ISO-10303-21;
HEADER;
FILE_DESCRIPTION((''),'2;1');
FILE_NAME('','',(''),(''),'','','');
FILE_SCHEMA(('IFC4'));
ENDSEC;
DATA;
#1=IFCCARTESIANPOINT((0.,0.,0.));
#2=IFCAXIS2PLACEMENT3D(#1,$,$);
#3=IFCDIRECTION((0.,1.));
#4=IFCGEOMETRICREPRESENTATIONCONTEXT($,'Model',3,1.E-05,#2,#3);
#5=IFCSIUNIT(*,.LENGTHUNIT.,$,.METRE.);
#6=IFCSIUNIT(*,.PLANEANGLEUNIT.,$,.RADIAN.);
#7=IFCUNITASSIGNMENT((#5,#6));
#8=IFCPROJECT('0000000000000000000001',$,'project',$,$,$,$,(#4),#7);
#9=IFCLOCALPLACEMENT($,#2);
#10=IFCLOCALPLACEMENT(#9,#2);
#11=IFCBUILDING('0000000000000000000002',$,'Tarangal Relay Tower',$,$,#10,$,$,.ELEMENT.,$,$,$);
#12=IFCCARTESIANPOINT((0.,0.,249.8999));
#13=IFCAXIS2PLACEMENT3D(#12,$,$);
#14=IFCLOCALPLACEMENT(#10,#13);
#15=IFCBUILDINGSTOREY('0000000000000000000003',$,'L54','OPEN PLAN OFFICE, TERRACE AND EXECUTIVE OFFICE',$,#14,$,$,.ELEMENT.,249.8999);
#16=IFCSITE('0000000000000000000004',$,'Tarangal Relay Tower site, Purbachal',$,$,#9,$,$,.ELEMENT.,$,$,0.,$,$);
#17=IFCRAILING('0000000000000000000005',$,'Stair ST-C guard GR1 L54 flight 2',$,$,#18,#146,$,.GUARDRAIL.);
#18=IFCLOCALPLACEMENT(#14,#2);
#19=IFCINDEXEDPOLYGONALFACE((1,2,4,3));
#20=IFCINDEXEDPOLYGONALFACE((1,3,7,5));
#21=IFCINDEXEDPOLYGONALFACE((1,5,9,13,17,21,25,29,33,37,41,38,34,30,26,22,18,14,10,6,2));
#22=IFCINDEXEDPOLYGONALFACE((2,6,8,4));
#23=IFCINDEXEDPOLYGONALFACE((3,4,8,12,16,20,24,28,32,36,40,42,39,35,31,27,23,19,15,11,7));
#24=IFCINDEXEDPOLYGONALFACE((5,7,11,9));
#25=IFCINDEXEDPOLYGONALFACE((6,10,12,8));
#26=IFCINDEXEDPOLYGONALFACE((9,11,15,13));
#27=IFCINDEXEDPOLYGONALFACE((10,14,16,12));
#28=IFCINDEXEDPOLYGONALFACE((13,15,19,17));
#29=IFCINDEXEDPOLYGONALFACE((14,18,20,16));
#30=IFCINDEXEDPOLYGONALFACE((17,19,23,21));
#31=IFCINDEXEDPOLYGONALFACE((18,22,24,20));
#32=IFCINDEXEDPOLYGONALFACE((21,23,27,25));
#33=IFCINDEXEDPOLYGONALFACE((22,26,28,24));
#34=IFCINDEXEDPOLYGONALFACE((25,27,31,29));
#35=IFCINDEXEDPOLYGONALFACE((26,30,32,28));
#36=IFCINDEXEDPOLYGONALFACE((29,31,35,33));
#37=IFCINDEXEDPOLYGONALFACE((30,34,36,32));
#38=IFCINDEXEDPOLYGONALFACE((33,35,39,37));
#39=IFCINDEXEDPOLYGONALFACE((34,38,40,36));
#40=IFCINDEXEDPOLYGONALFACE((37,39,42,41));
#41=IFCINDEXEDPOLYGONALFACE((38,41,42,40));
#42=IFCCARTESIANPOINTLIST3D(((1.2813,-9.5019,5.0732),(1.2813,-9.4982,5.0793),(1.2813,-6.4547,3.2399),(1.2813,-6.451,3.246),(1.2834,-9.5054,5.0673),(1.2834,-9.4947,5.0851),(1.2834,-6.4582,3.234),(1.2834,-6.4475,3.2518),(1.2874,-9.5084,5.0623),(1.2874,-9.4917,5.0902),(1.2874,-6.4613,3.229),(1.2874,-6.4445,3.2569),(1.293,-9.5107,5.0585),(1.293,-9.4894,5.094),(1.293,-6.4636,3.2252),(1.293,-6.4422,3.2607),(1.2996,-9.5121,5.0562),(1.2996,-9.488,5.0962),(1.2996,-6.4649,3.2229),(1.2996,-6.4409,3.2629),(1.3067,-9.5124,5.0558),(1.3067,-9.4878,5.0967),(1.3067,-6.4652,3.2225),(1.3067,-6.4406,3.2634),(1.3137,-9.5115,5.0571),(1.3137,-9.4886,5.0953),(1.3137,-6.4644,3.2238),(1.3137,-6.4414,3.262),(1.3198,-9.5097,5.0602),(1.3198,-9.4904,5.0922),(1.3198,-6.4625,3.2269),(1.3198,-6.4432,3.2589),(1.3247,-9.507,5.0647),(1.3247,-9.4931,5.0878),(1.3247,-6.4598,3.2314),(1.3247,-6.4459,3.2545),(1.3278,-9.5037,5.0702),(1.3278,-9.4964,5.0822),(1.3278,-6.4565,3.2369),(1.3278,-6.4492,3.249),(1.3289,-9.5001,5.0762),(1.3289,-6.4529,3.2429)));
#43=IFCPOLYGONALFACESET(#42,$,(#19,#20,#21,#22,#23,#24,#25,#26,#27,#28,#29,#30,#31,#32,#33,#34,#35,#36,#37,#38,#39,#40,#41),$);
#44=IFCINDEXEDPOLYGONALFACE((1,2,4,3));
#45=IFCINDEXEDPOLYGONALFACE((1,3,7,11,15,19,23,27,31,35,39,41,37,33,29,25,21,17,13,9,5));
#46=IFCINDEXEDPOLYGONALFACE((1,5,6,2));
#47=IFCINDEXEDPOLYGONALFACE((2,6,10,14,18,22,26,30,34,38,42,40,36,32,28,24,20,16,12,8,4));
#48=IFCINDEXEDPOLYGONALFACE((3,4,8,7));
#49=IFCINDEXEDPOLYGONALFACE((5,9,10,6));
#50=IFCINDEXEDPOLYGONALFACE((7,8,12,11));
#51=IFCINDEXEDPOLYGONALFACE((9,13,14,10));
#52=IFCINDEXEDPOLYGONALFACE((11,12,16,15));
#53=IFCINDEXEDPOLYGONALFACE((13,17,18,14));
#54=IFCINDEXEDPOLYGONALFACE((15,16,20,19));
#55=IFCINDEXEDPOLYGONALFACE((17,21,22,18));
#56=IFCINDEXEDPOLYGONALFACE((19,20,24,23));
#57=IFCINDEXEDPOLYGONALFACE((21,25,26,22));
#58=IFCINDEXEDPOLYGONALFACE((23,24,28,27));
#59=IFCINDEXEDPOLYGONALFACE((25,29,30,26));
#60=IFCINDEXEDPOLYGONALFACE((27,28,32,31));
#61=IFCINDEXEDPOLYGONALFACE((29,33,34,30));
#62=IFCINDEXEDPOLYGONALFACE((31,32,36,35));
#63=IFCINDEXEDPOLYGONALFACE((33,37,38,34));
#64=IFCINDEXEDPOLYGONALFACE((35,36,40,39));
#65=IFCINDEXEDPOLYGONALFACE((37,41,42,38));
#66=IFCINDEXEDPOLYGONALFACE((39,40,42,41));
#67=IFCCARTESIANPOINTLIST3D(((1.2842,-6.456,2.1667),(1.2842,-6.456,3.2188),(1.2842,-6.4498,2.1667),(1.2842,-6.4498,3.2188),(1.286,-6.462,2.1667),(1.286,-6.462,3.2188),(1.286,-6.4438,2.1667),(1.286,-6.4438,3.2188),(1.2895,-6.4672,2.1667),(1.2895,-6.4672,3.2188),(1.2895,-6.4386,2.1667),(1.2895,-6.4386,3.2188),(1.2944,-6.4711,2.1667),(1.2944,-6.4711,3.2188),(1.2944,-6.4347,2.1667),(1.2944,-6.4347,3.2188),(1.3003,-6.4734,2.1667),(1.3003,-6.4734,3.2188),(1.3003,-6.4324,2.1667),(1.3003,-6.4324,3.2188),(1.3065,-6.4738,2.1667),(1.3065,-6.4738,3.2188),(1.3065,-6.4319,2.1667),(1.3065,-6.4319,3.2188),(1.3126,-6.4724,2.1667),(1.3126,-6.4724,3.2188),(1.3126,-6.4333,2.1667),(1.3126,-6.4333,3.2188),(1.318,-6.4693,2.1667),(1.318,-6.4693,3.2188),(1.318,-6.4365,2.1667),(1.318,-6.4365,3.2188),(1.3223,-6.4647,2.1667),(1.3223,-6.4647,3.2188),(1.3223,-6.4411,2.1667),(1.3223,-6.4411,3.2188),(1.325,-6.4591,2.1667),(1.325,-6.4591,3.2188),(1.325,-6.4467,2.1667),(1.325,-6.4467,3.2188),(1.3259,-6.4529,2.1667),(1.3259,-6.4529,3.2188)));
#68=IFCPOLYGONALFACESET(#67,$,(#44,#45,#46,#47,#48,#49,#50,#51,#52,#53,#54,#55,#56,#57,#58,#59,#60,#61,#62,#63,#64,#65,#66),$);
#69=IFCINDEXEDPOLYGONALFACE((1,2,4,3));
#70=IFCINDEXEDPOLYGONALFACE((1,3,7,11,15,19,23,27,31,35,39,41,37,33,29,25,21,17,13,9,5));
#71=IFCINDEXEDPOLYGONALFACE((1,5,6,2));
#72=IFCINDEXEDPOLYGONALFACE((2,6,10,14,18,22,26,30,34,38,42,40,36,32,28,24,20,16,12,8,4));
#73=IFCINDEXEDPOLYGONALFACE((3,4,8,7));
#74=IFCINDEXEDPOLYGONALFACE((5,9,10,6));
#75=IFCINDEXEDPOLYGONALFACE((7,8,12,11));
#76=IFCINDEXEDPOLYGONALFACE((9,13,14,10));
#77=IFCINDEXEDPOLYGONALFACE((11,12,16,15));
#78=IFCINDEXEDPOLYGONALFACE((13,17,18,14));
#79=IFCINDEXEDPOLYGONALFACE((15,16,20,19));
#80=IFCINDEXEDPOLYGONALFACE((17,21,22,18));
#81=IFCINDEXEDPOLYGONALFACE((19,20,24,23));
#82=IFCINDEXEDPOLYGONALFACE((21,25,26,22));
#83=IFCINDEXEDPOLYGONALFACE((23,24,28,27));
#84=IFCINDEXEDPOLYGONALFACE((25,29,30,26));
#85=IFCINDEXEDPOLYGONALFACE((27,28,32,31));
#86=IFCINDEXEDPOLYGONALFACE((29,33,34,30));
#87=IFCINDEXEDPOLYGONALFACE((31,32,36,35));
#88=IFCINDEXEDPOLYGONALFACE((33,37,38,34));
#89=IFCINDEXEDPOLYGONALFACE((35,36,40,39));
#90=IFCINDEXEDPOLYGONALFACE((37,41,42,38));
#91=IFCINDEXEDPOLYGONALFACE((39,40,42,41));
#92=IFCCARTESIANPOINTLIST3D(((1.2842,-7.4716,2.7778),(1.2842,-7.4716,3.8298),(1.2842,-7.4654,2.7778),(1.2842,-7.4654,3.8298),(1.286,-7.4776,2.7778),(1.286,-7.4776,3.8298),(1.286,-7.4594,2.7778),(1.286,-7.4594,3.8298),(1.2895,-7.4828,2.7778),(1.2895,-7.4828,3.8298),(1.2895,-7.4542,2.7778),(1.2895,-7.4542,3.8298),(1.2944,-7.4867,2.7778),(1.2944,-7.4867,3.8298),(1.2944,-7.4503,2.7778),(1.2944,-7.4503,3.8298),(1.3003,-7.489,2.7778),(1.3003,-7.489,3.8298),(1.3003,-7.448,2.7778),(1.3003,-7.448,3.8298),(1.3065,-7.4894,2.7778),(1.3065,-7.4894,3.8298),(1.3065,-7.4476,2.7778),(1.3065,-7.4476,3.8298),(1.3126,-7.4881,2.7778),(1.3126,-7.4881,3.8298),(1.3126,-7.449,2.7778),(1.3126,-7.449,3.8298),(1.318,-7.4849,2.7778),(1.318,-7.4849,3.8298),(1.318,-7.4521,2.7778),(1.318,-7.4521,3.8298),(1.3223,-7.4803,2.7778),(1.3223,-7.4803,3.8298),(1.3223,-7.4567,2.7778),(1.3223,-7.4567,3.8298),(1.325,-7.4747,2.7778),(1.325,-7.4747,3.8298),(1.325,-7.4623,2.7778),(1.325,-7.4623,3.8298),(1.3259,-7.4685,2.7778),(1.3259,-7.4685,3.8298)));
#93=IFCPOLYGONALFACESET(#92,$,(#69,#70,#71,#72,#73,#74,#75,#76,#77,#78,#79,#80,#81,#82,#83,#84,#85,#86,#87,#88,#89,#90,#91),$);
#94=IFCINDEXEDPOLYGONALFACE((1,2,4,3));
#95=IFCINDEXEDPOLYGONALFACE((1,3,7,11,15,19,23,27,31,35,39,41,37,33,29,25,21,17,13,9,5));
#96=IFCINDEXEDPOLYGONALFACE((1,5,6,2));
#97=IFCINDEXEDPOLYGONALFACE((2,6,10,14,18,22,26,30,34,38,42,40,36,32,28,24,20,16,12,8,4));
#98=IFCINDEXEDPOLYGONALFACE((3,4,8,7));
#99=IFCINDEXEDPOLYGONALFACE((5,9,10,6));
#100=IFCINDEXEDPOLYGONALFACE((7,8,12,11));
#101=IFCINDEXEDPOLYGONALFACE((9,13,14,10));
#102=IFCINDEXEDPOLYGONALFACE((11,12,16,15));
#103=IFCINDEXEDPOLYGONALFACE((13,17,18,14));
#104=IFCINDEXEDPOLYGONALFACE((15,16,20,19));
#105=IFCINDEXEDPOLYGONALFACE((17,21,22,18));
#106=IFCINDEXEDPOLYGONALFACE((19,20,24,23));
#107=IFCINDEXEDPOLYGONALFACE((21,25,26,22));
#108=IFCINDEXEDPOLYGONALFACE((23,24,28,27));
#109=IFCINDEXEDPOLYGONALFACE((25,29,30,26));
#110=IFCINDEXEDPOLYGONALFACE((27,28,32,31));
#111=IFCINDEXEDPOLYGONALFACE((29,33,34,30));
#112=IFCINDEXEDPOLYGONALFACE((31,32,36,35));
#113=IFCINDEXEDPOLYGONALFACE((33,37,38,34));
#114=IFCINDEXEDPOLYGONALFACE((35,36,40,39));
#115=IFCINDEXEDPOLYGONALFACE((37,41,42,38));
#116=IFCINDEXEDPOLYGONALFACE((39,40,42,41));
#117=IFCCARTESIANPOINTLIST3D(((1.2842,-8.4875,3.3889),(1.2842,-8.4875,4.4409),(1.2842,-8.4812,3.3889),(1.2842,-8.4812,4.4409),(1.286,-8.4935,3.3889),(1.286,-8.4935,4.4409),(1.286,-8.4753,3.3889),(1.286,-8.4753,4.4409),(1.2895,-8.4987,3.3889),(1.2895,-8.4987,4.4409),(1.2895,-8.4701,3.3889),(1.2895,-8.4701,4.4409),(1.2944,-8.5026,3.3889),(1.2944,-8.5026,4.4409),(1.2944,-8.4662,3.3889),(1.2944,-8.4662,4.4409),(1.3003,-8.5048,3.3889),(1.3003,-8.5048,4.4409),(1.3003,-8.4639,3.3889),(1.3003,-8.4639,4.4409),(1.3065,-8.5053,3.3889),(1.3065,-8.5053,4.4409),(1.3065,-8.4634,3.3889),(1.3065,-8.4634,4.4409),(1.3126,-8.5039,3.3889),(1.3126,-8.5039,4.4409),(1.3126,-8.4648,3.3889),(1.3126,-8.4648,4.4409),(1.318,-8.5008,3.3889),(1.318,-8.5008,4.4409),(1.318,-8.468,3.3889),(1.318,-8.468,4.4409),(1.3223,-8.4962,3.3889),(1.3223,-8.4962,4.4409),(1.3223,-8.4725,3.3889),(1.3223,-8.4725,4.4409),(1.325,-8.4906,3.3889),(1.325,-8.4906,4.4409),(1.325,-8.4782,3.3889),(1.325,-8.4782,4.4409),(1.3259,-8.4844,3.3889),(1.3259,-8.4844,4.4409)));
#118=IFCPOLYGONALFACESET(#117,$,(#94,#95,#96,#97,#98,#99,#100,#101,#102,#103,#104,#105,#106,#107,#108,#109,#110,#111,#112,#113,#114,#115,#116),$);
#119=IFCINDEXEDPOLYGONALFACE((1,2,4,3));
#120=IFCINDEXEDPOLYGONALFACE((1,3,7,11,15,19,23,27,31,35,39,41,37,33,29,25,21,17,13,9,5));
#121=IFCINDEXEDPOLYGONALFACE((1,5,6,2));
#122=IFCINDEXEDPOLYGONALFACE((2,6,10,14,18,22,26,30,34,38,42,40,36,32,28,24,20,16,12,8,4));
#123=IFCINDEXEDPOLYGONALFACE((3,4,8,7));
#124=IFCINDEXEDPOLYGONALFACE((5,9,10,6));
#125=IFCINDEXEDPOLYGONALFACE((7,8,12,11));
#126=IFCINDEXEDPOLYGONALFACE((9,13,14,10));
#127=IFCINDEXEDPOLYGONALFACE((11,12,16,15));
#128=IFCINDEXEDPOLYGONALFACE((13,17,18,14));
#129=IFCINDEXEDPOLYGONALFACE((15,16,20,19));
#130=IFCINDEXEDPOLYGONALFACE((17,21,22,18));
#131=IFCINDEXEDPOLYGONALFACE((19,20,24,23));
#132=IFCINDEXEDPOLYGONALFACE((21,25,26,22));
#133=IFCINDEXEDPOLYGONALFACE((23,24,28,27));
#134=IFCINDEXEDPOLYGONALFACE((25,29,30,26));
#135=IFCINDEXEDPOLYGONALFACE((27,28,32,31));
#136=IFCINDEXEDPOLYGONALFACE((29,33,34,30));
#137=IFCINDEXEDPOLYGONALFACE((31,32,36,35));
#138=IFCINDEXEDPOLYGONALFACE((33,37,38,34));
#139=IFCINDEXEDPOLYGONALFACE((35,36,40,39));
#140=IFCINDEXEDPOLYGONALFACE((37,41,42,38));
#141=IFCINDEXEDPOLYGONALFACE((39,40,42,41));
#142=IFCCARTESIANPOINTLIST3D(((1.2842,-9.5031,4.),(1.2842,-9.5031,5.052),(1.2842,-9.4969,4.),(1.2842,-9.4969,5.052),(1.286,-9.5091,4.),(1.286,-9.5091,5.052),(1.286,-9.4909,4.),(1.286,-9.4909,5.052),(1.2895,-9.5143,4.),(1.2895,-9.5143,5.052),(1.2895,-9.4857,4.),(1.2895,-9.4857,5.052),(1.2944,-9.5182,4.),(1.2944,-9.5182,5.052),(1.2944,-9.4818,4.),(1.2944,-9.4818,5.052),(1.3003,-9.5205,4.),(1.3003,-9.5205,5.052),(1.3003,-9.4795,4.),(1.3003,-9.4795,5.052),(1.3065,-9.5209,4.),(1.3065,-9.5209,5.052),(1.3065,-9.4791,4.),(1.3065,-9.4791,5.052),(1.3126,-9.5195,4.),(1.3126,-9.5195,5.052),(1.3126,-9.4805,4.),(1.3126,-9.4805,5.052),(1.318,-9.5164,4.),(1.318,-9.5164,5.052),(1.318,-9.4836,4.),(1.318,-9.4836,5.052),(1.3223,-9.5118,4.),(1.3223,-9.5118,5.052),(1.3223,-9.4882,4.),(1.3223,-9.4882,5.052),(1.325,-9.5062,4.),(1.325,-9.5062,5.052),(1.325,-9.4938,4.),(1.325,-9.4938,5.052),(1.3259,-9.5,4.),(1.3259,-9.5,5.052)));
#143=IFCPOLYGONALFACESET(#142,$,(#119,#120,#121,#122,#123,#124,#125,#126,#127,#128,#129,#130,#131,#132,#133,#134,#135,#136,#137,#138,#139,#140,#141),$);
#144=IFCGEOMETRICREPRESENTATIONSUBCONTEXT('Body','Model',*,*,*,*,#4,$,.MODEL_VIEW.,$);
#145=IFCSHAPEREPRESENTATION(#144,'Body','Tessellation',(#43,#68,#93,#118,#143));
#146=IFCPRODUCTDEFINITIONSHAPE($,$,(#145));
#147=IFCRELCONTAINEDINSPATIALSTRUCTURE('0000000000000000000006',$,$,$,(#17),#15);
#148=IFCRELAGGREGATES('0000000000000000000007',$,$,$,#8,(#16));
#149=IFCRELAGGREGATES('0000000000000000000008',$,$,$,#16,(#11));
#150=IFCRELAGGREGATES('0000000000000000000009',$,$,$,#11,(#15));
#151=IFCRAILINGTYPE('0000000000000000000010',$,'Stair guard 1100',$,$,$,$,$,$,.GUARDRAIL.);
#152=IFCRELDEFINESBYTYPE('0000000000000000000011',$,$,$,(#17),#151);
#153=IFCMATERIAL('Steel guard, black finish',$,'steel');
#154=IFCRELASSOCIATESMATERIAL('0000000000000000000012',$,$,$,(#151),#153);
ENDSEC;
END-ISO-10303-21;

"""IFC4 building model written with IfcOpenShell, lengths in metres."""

from ifc_helpers import new_model, si_unit, direction, frame, origin, origin_2d, place, context, subcontext, project, spatial, circle, extrude, material, type_object, element, save


model = new_model("IFC4")

# Units and contexts
model_context = context("Model", 3, precision=1e-05, world=origin(), true_north=direction((0.0, 1.0)))
body_context = subcontext(model_context, "Body", "Model", "MODEL_VIEW")
ifc_project = project(units=[si_unit("LENGTHUNIT", "METRE"), si_unit("PLANEANGLEUNIT", "RADIAN")], contexts=[model_context])

# Site, building, storey
site_placement = place(None, origin())
site = spatial("IfcSite", under=ifc_project, at=site_placement, Name="Tarangal Relay Tower site, Purbachal", CompositionType="ELEMENT", RefElevation=0.0)
building_placement = place(site_placement, origin())
building = spatial("IfcBuilding", under=site, at=building_placement, Name="Tarangal Relay Tower", CompositionType="ELEMENT")
storey_placement = place(building_placement, frame((0.0, 0.0, 249.8999)))
storey = spatial("IfcBuildingStorey", under=building, at=storey_placement, Name="L54", Description="OPEN PLAN OFFICE, TERRACE AND EXECUTIVE OFFICE", CompositionType="ELEMENT", Elevation=249.8999)

# Railing
ifc_material_1 = material(Name="Steel guard, black finish", Category="steel")
railing_type_1 = type_object("IfcRailingType", Name="Stair guard 1100", PredefinedType="GUARDRAIL", material=ifc_material_1)
railing_1_placement = place(storey_placement, frame((1.3049, -6.4529, 2.1667)))
element("IfcRailing", 1, at=railing_1_placement, inside=storey, type_object=railing_type_1, Name="Stair ST-C guard GR1 L54 flight 2", PredefinedType="GUARDRAIL", context=body_context, shape_type="SweptSolid", body=[
    extrude(circle(Radius=0.0239, at=origin_2d()), frame((0.0, 0.0, 1.0762), z_axis=(0.0, -0.856874, 0.515525), x_axis=(1.0, 0.0, 0.0)), (0.0, 0.0, 1.0), 3.5562),
    extrude(circle(Radius=0.021, at=origin_2d()), origin(), (0.0, 0.0, 1.0), 1.052),
    extrude(circle(Radius=0.021, at=origin_2d()), frame((0.0, -1.0156, 0.6111)), (0.0, 0.0, 1.0), 1.052),
    extrude(circle(Radius=0.021, at=origin_2d()), frame((0.0, -2.0315, 1.2222)), (0.0, 0.0, 1.0), 1.052),
    extrude(circle(Radius=0.021, at=origin_2d()), frame((0.0, -3.0471, 1.8333)), (0.0, 0.0, 1.0), 1.052),
])

save(model, "model.ifc")
